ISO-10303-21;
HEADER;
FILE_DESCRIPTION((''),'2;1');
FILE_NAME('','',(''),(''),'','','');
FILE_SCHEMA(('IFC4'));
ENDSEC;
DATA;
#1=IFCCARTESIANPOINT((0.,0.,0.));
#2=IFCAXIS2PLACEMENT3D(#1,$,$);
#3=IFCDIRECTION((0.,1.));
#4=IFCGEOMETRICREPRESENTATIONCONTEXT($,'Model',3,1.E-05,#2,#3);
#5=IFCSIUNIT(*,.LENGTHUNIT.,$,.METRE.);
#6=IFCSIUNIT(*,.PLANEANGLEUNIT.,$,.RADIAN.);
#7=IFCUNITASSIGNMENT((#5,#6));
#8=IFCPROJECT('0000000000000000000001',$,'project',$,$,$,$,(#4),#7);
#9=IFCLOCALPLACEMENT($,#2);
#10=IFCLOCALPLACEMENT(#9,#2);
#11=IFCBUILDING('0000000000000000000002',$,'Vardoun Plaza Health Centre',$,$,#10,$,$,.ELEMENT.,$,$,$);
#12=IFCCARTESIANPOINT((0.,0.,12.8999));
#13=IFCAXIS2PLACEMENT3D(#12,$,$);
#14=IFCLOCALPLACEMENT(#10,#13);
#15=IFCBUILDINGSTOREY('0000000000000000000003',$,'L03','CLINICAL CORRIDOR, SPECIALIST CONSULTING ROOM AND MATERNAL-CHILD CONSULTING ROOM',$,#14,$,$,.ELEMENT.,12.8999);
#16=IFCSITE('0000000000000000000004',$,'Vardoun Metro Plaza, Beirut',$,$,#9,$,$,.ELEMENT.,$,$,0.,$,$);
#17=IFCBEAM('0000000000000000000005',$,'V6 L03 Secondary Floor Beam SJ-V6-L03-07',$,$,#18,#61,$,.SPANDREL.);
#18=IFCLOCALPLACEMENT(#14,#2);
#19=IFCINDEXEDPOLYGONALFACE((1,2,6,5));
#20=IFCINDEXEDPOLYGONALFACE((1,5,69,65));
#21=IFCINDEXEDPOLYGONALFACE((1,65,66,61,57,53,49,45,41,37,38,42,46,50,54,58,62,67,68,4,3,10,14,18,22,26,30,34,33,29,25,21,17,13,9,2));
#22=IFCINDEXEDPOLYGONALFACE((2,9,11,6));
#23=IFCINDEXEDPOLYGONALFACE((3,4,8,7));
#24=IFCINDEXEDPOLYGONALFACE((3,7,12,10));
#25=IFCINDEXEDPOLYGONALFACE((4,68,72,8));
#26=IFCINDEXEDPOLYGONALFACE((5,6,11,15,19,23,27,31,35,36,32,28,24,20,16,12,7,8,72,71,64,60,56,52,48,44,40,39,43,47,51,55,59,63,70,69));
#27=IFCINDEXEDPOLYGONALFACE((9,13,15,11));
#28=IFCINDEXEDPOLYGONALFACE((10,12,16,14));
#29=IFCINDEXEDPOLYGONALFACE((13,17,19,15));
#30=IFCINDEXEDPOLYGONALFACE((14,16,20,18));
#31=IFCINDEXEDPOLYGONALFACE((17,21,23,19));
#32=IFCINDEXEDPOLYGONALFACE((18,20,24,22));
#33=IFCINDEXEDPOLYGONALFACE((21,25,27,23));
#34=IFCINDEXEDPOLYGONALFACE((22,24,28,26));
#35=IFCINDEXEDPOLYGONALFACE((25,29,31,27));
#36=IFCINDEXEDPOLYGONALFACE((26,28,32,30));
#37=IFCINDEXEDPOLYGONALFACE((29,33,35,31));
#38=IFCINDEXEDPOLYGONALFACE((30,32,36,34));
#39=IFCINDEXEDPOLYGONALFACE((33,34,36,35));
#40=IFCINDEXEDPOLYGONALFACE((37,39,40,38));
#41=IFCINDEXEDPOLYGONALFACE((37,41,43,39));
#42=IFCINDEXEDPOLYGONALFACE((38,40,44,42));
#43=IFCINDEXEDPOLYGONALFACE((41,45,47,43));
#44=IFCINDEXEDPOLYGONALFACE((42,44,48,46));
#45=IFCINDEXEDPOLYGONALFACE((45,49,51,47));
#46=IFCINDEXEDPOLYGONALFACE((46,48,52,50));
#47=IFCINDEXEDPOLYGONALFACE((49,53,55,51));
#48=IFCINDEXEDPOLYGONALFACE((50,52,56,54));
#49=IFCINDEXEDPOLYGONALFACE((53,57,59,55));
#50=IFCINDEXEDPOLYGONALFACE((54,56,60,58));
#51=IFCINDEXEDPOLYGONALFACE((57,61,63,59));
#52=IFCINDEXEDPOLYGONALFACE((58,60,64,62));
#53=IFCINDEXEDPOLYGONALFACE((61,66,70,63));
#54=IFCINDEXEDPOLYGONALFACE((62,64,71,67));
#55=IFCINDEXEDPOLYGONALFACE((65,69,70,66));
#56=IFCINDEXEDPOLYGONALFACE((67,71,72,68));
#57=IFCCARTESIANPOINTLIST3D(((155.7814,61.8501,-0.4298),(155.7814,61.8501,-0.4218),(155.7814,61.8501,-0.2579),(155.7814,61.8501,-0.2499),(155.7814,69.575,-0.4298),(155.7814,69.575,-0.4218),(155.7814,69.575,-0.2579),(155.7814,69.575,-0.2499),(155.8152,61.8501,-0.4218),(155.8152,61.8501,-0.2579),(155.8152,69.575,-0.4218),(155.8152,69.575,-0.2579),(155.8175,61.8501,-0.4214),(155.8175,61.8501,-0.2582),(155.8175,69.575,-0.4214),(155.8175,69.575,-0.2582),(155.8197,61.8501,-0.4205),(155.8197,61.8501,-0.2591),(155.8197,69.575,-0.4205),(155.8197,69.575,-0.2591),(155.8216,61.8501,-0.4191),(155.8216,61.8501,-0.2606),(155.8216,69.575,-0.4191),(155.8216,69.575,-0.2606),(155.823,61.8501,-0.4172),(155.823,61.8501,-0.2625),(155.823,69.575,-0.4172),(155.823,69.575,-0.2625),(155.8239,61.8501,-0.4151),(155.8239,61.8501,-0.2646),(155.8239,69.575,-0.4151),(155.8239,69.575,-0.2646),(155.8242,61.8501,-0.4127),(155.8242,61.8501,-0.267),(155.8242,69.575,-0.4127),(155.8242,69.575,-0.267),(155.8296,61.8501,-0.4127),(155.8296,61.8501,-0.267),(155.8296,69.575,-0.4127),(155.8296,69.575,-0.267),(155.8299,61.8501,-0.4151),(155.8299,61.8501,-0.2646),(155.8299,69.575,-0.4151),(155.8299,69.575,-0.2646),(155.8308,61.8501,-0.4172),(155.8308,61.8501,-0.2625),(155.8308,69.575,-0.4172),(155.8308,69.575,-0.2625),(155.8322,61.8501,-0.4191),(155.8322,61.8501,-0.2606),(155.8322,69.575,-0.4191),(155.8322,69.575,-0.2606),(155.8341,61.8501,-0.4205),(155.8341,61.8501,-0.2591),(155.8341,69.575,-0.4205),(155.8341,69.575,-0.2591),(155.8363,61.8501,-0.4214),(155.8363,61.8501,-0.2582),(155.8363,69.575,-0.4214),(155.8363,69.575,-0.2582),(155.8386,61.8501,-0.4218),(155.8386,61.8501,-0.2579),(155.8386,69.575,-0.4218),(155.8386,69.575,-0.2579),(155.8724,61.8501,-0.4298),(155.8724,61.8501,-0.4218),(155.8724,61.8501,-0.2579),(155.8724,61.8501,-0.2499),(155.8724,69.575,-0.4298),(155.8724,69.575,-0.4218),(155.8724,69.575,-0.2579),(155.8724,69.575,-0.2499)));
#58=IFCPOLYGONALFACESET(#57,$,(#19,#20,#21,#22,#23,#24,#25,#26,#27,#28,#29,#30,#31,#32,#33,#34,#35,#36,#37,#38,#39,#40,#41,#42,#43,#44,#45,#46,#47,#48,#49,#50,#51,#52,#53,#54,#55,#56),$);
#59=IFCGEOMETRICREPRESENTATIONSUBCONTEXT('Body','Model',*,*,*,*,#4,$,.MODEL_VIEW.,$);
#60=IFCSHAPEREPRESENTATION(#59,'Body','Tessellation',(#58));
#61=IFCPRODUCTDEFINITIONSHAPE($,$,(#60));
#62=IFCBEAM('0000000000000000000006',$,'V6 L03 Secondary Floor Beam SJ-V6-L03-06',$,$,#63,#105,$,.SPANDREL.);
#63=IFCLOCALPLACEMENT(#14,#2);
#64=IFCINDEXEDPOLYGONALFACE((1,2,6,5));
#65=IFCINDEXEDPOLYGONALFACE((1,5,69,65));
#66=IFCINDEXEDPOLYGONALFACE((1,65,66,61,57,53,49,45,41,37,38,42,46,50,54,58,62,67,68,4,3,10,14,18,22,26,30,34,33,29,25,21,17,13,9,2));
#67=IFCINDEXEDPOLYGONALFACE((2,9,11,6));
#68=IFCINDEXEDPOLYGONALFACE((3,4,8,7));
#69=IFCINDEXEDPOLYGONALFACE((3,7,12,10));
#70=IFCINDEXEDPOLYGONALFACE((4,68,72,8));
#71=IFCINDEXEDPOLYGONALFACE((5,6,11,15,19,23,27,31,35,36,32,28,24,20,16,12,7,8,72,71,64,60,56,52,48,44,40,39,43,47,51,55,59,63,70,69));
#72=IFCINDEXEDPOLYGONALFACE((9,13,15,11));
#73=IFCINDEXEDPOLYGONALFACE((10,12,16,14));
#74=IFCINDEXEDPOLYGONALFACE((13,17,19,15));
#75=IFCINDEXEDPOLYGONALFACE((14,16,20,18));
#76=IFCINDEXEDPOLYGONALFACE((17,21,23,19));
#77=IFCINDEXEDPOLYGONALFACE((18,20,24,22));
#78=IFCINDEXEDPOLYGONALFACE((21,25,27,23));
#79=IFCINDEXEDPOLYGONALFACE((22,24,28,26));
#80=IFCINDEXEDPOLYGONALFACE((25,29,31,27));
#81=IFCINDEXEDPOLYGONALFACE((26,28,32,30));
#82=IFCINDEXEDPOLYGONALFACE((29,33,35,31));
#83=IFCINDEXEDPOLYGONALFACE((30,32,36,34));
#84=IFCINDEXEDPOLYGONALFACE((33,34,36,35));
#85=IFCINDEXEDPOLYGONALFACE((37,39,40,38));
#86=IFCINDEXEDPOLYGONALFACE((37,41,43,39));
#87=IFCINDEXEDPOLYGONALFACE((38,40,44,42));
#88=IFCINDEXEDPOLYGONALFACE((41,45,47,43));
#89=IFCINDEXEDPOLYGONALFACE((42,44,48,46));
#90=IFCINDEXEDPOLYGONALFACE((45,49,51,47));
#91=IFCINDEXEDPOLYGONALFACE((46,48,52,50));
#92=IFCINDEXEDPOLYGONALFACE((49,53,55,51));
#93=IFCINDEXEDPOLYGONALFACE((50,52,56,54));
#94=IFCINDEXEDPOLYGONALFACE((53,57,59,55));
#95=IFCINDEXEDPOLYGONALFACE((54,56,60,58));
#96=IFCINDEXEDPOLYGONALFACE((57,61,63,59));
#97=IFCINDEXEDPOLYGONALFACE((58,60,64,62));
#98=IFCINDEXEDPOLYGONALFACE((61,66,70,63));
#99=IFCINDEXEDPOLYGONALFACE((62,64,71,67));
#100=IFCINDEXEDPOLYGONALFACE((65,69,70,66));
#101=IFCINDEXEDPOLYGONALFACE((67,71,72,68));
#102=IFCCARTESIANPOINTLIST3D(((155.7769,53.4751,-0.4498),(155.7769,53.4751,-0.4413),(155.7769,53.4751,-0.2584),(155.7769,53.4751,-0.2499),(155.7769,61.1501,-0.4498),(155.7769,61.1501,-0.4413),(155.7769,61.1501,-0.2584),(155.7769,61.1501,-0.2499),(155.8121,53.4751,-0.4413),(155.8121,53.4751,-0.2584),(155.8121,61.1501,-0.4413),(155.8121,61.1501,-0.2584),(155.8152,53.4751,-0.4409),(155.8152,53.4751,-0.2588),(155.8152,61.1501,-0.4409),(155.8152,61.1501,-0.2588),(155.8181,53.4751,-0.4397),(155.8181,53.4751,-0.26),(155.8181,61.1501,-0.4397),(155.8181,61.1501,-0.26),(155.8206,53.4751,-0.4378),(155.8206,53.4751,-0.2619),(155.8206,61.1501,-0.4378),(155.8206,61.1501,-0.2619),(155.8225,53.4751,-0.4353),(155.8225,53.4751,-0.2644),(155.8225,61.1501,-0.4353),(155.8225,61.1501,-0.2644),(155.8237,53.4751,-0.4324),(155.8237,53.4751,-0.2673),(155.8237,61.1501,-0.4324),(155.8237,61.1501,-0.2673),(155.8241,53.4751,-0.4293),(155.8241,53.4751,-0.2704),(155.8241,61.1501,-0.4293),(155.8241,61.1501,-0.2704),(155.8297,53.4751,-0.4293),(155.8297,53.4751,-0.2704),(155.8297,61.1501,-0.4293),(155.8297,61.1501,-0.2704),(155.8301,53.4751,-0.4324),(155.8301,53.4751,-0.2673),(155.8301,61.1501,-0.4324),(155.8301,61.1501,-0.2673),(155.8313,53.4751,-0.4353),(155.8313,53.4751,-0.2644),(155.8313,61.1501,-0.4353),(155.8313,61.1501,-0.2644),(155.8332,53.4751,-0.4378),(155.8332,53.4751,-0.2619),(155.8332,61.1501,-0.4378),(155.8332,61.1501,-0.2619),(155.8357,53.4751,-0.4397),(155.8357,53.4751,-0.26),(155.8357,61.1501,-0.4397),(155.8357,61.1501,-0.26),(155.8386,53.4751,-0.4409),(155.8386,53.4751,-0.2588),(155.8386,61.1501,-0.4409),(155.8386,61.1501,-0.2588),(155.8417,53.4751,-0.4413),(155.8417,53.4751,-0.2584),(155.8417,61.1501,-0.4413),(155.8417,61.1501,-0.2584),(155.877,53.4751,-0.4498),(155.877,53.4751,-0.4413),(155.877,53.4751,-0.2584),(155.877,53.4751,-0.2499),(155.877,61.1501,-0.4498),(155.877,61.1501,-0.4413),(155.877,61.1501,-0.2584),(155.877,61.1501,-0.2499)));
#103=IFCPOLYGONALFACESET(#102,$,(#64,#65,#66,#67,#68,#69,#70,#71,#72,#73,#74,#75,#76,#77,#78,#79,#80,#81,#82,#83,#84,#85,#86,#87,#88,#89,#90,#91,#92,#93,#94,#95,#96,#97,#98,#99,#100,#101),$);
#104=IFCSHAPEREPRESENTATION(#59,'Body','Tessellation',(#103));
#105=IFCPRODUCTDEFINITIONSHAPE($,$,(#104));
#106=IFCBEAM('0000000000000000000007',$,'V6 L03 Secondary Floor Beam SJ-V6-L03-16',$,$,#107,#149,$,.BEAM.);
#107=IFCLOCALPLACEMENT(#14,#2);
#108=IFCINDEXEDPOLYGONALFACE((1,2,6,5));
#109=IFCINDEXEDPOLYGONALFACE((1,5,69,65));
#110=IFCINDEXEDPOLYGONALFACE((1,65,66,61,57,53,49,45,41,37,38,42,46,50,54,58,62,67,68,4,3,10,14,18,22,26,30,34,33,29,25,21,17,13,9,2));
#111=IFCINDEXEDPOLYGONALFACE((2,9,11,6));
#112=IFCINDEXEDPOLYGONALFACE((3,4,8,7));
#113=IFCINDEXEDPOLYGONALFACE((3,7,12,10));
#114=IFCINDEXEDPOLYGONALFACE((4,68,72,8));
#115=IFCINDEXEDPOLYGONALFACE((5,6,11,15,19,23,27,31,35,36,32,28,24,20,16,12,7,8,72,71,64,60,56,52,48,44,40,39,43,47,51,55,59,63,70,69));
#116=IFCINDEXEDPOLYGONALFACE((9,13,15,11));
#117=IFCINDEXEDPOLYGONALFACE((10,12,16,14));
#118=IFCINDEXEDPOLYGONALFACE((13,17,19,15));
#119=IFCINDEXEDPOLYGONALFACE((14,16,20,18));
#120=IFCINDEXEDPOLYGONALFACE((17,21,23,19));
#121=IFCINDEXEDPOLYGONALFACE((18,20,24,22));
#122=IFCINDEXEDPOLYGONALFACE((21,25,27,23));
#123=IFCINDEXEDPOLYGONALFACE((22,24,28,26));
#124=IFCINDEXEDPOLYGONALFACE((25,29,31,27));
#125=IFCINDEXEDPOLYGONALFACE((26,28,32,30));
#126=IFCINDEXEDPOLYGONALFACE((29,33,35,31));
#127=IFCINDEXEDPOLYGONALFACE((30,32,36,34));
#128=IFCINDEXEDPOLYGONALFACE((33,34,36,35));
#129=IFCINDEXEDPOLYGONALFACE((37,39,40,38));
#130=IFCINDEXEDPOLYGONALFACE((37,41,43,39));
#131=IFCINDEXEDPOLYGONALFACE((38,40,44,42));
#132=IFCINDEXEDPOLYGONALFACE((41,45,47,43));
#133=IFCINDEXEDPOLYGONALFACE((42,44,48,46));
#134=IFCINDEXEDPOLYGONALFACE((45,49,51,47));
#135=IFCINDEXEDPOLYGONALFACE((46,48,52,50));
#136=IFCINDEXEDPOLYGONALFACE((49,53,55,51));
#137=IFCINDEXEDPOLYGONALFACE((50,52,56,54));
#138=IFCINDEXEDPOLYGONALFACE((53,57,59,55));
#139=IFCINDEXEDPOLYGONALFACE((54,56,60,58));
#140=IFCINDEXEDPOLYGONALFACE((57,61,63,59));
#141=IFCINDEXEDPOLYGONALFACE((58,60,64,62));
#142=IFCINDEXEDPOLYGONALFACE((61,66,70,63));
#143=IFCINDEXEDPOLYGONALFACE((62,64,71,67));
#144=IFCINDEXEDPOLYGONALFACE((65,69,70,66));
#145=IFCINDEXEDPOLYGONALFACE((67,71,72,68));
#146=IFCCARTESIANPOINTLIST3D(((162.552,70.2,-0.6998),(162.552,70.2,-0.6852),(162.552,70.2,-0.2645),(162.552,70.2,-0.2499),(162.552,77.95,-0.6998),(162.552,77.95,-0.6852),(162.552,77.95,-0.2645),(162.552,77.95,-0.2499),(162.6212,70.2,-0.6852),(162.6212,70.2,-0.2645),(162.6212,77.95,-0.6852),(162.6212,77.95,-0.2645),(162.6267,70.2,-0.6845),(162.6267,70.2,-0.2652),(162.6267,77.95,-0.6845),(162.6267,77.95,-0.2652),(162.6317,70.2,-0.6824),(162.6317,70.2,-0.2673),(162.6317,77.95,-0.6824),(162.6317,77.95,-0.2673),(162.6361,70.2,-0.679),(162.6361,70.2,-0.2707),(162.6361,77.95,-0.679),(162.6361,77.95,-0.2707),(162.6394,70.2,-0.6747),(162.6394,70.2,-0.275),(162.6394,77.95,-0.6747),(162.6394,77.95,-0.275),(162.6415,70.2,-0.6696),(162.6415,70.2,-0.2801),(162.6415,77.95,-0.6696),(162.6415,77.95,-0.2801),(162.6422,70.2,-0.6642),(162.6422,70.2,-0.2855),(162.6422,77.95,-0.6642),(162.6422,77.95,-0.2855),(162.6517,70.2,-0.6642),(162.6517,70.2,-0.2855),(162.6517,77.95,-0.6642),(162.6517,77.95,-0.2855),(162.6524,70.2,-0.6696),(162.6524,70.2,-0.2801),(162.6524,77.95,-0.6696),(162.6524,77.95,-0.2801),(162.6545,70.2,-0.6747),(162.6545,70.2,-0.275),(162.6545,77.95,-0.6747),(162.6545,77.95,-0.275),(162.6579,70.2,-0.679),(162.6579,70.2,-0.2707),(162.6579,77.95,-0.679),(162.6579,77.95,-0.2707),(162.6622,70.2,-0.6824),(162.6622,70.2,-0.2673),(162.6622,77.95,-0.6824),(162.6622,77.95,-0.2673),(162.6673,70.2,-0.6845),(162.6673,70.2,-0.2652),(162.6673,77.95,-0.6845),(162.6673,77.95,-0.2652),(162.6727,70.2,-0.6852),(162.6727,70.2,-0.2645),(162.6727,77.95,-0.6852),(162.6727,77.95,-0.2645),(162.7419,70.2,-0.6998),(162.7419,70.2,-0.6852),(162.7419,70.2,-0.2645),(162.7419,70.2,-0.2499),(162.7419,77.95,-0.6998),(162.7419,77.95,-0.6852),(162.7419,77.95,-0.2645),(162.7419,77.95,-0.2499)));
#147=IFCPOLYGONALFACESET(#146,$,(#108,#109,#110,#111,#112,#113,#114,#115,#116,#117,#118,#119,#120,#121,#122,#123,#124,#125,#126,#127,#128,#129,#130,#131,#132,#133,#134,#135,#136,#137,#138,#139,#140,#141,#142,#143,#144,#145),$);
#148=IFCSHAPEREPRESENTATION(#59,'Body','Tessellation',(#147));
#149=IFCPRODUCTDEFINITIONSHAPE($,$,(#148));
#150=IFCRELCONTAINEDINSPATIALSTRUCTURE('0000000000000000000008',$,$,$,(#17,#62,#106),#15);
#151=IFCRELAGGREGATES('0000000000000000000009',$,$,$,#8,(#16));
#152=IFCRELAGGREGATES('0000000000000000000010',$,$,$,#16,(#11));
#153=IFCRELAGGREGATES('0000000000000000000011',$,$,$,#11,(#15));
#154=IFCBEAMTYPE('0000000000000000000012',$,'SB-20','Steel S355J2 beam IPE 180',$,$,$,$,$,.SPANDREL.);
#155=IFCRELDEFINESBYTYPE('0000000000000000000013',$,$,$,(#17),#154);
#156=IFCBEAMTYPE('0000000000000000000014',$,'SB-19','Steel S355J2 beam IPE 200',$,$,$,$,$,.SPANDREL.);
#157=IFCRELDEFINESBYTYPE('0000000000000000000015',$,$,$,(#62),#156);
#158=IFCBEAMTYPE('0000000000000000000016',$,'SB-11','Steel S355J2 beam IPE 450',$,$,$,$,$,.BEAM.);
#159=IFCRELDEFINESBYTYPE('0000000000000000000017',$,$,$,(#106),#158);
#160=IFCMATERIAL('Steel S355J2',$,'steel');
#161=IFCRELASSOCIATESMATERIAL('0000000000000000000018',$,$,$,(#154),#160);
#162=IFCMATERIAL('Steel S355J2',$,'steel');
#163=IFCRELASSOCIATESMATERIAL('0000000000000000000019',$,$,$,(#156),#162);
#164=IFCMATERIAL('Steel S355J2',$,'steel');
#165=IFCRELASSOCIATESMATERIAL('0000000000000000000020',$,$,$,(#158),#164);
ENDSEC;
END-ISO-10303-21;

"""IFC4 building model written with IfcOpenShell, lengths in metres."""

from ifc_helpers import new_model, si_unit, direction, frame, origin, origin_2d, place, context, subcontext, project, spatial, i_section, extrude, material, material_profile, profile_set, type_object, element, save


model = new_model("IFC4")

# Units and contexts
model_context = context("Model", 3, precision=1e-05, world=origin(), true_north=direction((0.0, 1.0)))
body_context = subcontext(model_context, "Body", "Model", "MODEL_VIEW")
ifc_project = project(units=[si_unit("LENGTHUNIT", "METRE"), si_unit("PLANEANGLEUNIT", "RADIAN")], contexts=[model_context])

# Site, building, storey
site_placement = place(None, origin())
site = spatial("IfcSite", under=ifc_project, at=site_placement, Name="Vardoun Metro Plaza, Beirut", CompositionType="ELEMENT", RefElevation=0.0)
building_placement = place(site_placement, origin())
building = spatial("IfcBuilding", under=site, at=building_placement, Name="Vardoun Plaza Health Centre", CompositionType="ELEMENT")
storey_placement = place(building_placement, frame((0.0, 0.0, 12.8999)))
storey = spatial("IfcBuildingStorey", under=building, at=storey_placement, Name="L03", Description="CLINICAL CORRIDOR, SPECIALIST CONSULTING ROOM AND MATERNAL-CHILD CONSULTING ROOM", CompositionType="ELEMENT", Elevation=12.8999)

# Beams
ifc_material_1 = material(Name="Steel S355J2", Category="steel")
ifc_material_profile_1 = material_profile(ifc_material_1, i_section(OverallWidth=0.0911, OverallDepth=0.1799, WebThickness=0.0054, FlangeThickness=0.0081, FilletRadius=0.009, at=origin_2d()), Name="IPE 180")
ifc_profile_set_1 = profile_set([ifc_material_profile_1], Name="Steel S355J2")
beam_type_1 = type_object("IfcBeamType", Name="SB-20", Description="Steel S355J2 beam IPE 180", PredefinedType="SPANDREL", material=ifc_profile_set_1)
beam_1_placement = place(storey_placement, frame((155.8269, 61.8501, -0.3398), z_axis=(0.0, 1.0, 0.0), x_axis=(-1.0, 0.0, 0.0)))
element("IfcBeam", 1, at=beam_1_placement, inside=storey, type_object=beam_type_1, Name="V6 L03 Secondary Floor Beam SJ-V6-L03-07", PredefinedType="SPANDREL", context=body_context, shape_type="SweptSolid", body=[
    extrude(i_section(OverallWidth=0.0911, OverallDepth=0.1799, WebThickness=0.0054, FlangeThickness=0.0081, FilletRadius=0.009, at=origin_2d()), origin(), (0.0, 0.0, 1.0), 7.7249),
])
ifc_material_2 = material(Name="Steel S355J2", Category="steel")
ifc_material_profile_2 = material_profile(ifc_material_2, i_section(OverallWidth=0.1001, OverallDepth=0.2, WebThickness=0.0056, FlangeThickness=0.0085, FilletRadius=0.012, at=origin_2d()), Name="IPE 200")
ifc_profile_set_2 = profile_set([ifc_material_profile_2], Name="Steel S355J2")
beam_type_2 = type_object("IfcBeamType", Name="SB-19", Description="Steel S355J2 beam IPE 200", PredefinedType="SPANDREL", material=ifc_profile_set_2)
beam_2_placement = place(storey_placement, frame((155.8269, 53.4751, -0.3499), z_axis=(0.0, 1.0, 0.0), x_axis=(-1.0, 0.0, 0.0)))
element("IfcBeam", 2, at=beam_2_placement, inside=storey, type_object=beam_type_2, Name="V6 L03 Secondary Floor Beam SJ-V6-L03-06", PredefinedType="SPANDREL", context=body_context, shape_type="SweptSolid", body=[
    extrude(i_section(OverallWidth=0.1001, OverallDepth=0.2, WebThickness=0.0056, FlangeThickness=0.0085, FilletRadius=0.012, at=origin_2d()), origin(), (0.0, 0.0, 1.0), 7.675),
])
ifc_material_3 = material(Name="Steel S355J2", Category="steel")
ifc_material_profile_3 = material_profile(ifc_material_3, i_section(OverallWidth=0.1899, OverallDepth=0.45, WebThickness=0.0095, FlangeThickness=0.0146, FilletRadius=0.021, at=origin_2d()), Name="IPE 450")
ifc_profile_set_3 = profile_set([ifc_material_profile_3], Name="Steel S355J2")
beam_type_3 = type_object("IfcBeamType", Name="SB-11", Description="Steel S355J2 beam IPE 450", PredefinedType="BEAM", material=ifc_profile_set_3)
beam_3_placement = place(storey_placement, frame((162.647, 70.2, -0.4749), z_axis=(0.0, 1.0, 0.0), x_axis=(-1.0, 0.0, 0.0)))
element("IfcBeam", 3, at=beam_3_placement, inside=storey, type_object=beam_type_3, Name="V6 L03 Secondary Floor Beam SJ-V6-L03-16", PredefinedType="BEAM", context=body_context, shape_type="SweptSolid", body=[
    extrude(i_section(OverallWidth=0.1899, OverallDepth=0.45, WebThickness=0.0095, FlangeThickness=0.0146, FilletRadius=0.021, at=origin_2d()), origin(), (0.0, 0.0, 1.0), 7.75),
])

save(model, "model.ifc")
